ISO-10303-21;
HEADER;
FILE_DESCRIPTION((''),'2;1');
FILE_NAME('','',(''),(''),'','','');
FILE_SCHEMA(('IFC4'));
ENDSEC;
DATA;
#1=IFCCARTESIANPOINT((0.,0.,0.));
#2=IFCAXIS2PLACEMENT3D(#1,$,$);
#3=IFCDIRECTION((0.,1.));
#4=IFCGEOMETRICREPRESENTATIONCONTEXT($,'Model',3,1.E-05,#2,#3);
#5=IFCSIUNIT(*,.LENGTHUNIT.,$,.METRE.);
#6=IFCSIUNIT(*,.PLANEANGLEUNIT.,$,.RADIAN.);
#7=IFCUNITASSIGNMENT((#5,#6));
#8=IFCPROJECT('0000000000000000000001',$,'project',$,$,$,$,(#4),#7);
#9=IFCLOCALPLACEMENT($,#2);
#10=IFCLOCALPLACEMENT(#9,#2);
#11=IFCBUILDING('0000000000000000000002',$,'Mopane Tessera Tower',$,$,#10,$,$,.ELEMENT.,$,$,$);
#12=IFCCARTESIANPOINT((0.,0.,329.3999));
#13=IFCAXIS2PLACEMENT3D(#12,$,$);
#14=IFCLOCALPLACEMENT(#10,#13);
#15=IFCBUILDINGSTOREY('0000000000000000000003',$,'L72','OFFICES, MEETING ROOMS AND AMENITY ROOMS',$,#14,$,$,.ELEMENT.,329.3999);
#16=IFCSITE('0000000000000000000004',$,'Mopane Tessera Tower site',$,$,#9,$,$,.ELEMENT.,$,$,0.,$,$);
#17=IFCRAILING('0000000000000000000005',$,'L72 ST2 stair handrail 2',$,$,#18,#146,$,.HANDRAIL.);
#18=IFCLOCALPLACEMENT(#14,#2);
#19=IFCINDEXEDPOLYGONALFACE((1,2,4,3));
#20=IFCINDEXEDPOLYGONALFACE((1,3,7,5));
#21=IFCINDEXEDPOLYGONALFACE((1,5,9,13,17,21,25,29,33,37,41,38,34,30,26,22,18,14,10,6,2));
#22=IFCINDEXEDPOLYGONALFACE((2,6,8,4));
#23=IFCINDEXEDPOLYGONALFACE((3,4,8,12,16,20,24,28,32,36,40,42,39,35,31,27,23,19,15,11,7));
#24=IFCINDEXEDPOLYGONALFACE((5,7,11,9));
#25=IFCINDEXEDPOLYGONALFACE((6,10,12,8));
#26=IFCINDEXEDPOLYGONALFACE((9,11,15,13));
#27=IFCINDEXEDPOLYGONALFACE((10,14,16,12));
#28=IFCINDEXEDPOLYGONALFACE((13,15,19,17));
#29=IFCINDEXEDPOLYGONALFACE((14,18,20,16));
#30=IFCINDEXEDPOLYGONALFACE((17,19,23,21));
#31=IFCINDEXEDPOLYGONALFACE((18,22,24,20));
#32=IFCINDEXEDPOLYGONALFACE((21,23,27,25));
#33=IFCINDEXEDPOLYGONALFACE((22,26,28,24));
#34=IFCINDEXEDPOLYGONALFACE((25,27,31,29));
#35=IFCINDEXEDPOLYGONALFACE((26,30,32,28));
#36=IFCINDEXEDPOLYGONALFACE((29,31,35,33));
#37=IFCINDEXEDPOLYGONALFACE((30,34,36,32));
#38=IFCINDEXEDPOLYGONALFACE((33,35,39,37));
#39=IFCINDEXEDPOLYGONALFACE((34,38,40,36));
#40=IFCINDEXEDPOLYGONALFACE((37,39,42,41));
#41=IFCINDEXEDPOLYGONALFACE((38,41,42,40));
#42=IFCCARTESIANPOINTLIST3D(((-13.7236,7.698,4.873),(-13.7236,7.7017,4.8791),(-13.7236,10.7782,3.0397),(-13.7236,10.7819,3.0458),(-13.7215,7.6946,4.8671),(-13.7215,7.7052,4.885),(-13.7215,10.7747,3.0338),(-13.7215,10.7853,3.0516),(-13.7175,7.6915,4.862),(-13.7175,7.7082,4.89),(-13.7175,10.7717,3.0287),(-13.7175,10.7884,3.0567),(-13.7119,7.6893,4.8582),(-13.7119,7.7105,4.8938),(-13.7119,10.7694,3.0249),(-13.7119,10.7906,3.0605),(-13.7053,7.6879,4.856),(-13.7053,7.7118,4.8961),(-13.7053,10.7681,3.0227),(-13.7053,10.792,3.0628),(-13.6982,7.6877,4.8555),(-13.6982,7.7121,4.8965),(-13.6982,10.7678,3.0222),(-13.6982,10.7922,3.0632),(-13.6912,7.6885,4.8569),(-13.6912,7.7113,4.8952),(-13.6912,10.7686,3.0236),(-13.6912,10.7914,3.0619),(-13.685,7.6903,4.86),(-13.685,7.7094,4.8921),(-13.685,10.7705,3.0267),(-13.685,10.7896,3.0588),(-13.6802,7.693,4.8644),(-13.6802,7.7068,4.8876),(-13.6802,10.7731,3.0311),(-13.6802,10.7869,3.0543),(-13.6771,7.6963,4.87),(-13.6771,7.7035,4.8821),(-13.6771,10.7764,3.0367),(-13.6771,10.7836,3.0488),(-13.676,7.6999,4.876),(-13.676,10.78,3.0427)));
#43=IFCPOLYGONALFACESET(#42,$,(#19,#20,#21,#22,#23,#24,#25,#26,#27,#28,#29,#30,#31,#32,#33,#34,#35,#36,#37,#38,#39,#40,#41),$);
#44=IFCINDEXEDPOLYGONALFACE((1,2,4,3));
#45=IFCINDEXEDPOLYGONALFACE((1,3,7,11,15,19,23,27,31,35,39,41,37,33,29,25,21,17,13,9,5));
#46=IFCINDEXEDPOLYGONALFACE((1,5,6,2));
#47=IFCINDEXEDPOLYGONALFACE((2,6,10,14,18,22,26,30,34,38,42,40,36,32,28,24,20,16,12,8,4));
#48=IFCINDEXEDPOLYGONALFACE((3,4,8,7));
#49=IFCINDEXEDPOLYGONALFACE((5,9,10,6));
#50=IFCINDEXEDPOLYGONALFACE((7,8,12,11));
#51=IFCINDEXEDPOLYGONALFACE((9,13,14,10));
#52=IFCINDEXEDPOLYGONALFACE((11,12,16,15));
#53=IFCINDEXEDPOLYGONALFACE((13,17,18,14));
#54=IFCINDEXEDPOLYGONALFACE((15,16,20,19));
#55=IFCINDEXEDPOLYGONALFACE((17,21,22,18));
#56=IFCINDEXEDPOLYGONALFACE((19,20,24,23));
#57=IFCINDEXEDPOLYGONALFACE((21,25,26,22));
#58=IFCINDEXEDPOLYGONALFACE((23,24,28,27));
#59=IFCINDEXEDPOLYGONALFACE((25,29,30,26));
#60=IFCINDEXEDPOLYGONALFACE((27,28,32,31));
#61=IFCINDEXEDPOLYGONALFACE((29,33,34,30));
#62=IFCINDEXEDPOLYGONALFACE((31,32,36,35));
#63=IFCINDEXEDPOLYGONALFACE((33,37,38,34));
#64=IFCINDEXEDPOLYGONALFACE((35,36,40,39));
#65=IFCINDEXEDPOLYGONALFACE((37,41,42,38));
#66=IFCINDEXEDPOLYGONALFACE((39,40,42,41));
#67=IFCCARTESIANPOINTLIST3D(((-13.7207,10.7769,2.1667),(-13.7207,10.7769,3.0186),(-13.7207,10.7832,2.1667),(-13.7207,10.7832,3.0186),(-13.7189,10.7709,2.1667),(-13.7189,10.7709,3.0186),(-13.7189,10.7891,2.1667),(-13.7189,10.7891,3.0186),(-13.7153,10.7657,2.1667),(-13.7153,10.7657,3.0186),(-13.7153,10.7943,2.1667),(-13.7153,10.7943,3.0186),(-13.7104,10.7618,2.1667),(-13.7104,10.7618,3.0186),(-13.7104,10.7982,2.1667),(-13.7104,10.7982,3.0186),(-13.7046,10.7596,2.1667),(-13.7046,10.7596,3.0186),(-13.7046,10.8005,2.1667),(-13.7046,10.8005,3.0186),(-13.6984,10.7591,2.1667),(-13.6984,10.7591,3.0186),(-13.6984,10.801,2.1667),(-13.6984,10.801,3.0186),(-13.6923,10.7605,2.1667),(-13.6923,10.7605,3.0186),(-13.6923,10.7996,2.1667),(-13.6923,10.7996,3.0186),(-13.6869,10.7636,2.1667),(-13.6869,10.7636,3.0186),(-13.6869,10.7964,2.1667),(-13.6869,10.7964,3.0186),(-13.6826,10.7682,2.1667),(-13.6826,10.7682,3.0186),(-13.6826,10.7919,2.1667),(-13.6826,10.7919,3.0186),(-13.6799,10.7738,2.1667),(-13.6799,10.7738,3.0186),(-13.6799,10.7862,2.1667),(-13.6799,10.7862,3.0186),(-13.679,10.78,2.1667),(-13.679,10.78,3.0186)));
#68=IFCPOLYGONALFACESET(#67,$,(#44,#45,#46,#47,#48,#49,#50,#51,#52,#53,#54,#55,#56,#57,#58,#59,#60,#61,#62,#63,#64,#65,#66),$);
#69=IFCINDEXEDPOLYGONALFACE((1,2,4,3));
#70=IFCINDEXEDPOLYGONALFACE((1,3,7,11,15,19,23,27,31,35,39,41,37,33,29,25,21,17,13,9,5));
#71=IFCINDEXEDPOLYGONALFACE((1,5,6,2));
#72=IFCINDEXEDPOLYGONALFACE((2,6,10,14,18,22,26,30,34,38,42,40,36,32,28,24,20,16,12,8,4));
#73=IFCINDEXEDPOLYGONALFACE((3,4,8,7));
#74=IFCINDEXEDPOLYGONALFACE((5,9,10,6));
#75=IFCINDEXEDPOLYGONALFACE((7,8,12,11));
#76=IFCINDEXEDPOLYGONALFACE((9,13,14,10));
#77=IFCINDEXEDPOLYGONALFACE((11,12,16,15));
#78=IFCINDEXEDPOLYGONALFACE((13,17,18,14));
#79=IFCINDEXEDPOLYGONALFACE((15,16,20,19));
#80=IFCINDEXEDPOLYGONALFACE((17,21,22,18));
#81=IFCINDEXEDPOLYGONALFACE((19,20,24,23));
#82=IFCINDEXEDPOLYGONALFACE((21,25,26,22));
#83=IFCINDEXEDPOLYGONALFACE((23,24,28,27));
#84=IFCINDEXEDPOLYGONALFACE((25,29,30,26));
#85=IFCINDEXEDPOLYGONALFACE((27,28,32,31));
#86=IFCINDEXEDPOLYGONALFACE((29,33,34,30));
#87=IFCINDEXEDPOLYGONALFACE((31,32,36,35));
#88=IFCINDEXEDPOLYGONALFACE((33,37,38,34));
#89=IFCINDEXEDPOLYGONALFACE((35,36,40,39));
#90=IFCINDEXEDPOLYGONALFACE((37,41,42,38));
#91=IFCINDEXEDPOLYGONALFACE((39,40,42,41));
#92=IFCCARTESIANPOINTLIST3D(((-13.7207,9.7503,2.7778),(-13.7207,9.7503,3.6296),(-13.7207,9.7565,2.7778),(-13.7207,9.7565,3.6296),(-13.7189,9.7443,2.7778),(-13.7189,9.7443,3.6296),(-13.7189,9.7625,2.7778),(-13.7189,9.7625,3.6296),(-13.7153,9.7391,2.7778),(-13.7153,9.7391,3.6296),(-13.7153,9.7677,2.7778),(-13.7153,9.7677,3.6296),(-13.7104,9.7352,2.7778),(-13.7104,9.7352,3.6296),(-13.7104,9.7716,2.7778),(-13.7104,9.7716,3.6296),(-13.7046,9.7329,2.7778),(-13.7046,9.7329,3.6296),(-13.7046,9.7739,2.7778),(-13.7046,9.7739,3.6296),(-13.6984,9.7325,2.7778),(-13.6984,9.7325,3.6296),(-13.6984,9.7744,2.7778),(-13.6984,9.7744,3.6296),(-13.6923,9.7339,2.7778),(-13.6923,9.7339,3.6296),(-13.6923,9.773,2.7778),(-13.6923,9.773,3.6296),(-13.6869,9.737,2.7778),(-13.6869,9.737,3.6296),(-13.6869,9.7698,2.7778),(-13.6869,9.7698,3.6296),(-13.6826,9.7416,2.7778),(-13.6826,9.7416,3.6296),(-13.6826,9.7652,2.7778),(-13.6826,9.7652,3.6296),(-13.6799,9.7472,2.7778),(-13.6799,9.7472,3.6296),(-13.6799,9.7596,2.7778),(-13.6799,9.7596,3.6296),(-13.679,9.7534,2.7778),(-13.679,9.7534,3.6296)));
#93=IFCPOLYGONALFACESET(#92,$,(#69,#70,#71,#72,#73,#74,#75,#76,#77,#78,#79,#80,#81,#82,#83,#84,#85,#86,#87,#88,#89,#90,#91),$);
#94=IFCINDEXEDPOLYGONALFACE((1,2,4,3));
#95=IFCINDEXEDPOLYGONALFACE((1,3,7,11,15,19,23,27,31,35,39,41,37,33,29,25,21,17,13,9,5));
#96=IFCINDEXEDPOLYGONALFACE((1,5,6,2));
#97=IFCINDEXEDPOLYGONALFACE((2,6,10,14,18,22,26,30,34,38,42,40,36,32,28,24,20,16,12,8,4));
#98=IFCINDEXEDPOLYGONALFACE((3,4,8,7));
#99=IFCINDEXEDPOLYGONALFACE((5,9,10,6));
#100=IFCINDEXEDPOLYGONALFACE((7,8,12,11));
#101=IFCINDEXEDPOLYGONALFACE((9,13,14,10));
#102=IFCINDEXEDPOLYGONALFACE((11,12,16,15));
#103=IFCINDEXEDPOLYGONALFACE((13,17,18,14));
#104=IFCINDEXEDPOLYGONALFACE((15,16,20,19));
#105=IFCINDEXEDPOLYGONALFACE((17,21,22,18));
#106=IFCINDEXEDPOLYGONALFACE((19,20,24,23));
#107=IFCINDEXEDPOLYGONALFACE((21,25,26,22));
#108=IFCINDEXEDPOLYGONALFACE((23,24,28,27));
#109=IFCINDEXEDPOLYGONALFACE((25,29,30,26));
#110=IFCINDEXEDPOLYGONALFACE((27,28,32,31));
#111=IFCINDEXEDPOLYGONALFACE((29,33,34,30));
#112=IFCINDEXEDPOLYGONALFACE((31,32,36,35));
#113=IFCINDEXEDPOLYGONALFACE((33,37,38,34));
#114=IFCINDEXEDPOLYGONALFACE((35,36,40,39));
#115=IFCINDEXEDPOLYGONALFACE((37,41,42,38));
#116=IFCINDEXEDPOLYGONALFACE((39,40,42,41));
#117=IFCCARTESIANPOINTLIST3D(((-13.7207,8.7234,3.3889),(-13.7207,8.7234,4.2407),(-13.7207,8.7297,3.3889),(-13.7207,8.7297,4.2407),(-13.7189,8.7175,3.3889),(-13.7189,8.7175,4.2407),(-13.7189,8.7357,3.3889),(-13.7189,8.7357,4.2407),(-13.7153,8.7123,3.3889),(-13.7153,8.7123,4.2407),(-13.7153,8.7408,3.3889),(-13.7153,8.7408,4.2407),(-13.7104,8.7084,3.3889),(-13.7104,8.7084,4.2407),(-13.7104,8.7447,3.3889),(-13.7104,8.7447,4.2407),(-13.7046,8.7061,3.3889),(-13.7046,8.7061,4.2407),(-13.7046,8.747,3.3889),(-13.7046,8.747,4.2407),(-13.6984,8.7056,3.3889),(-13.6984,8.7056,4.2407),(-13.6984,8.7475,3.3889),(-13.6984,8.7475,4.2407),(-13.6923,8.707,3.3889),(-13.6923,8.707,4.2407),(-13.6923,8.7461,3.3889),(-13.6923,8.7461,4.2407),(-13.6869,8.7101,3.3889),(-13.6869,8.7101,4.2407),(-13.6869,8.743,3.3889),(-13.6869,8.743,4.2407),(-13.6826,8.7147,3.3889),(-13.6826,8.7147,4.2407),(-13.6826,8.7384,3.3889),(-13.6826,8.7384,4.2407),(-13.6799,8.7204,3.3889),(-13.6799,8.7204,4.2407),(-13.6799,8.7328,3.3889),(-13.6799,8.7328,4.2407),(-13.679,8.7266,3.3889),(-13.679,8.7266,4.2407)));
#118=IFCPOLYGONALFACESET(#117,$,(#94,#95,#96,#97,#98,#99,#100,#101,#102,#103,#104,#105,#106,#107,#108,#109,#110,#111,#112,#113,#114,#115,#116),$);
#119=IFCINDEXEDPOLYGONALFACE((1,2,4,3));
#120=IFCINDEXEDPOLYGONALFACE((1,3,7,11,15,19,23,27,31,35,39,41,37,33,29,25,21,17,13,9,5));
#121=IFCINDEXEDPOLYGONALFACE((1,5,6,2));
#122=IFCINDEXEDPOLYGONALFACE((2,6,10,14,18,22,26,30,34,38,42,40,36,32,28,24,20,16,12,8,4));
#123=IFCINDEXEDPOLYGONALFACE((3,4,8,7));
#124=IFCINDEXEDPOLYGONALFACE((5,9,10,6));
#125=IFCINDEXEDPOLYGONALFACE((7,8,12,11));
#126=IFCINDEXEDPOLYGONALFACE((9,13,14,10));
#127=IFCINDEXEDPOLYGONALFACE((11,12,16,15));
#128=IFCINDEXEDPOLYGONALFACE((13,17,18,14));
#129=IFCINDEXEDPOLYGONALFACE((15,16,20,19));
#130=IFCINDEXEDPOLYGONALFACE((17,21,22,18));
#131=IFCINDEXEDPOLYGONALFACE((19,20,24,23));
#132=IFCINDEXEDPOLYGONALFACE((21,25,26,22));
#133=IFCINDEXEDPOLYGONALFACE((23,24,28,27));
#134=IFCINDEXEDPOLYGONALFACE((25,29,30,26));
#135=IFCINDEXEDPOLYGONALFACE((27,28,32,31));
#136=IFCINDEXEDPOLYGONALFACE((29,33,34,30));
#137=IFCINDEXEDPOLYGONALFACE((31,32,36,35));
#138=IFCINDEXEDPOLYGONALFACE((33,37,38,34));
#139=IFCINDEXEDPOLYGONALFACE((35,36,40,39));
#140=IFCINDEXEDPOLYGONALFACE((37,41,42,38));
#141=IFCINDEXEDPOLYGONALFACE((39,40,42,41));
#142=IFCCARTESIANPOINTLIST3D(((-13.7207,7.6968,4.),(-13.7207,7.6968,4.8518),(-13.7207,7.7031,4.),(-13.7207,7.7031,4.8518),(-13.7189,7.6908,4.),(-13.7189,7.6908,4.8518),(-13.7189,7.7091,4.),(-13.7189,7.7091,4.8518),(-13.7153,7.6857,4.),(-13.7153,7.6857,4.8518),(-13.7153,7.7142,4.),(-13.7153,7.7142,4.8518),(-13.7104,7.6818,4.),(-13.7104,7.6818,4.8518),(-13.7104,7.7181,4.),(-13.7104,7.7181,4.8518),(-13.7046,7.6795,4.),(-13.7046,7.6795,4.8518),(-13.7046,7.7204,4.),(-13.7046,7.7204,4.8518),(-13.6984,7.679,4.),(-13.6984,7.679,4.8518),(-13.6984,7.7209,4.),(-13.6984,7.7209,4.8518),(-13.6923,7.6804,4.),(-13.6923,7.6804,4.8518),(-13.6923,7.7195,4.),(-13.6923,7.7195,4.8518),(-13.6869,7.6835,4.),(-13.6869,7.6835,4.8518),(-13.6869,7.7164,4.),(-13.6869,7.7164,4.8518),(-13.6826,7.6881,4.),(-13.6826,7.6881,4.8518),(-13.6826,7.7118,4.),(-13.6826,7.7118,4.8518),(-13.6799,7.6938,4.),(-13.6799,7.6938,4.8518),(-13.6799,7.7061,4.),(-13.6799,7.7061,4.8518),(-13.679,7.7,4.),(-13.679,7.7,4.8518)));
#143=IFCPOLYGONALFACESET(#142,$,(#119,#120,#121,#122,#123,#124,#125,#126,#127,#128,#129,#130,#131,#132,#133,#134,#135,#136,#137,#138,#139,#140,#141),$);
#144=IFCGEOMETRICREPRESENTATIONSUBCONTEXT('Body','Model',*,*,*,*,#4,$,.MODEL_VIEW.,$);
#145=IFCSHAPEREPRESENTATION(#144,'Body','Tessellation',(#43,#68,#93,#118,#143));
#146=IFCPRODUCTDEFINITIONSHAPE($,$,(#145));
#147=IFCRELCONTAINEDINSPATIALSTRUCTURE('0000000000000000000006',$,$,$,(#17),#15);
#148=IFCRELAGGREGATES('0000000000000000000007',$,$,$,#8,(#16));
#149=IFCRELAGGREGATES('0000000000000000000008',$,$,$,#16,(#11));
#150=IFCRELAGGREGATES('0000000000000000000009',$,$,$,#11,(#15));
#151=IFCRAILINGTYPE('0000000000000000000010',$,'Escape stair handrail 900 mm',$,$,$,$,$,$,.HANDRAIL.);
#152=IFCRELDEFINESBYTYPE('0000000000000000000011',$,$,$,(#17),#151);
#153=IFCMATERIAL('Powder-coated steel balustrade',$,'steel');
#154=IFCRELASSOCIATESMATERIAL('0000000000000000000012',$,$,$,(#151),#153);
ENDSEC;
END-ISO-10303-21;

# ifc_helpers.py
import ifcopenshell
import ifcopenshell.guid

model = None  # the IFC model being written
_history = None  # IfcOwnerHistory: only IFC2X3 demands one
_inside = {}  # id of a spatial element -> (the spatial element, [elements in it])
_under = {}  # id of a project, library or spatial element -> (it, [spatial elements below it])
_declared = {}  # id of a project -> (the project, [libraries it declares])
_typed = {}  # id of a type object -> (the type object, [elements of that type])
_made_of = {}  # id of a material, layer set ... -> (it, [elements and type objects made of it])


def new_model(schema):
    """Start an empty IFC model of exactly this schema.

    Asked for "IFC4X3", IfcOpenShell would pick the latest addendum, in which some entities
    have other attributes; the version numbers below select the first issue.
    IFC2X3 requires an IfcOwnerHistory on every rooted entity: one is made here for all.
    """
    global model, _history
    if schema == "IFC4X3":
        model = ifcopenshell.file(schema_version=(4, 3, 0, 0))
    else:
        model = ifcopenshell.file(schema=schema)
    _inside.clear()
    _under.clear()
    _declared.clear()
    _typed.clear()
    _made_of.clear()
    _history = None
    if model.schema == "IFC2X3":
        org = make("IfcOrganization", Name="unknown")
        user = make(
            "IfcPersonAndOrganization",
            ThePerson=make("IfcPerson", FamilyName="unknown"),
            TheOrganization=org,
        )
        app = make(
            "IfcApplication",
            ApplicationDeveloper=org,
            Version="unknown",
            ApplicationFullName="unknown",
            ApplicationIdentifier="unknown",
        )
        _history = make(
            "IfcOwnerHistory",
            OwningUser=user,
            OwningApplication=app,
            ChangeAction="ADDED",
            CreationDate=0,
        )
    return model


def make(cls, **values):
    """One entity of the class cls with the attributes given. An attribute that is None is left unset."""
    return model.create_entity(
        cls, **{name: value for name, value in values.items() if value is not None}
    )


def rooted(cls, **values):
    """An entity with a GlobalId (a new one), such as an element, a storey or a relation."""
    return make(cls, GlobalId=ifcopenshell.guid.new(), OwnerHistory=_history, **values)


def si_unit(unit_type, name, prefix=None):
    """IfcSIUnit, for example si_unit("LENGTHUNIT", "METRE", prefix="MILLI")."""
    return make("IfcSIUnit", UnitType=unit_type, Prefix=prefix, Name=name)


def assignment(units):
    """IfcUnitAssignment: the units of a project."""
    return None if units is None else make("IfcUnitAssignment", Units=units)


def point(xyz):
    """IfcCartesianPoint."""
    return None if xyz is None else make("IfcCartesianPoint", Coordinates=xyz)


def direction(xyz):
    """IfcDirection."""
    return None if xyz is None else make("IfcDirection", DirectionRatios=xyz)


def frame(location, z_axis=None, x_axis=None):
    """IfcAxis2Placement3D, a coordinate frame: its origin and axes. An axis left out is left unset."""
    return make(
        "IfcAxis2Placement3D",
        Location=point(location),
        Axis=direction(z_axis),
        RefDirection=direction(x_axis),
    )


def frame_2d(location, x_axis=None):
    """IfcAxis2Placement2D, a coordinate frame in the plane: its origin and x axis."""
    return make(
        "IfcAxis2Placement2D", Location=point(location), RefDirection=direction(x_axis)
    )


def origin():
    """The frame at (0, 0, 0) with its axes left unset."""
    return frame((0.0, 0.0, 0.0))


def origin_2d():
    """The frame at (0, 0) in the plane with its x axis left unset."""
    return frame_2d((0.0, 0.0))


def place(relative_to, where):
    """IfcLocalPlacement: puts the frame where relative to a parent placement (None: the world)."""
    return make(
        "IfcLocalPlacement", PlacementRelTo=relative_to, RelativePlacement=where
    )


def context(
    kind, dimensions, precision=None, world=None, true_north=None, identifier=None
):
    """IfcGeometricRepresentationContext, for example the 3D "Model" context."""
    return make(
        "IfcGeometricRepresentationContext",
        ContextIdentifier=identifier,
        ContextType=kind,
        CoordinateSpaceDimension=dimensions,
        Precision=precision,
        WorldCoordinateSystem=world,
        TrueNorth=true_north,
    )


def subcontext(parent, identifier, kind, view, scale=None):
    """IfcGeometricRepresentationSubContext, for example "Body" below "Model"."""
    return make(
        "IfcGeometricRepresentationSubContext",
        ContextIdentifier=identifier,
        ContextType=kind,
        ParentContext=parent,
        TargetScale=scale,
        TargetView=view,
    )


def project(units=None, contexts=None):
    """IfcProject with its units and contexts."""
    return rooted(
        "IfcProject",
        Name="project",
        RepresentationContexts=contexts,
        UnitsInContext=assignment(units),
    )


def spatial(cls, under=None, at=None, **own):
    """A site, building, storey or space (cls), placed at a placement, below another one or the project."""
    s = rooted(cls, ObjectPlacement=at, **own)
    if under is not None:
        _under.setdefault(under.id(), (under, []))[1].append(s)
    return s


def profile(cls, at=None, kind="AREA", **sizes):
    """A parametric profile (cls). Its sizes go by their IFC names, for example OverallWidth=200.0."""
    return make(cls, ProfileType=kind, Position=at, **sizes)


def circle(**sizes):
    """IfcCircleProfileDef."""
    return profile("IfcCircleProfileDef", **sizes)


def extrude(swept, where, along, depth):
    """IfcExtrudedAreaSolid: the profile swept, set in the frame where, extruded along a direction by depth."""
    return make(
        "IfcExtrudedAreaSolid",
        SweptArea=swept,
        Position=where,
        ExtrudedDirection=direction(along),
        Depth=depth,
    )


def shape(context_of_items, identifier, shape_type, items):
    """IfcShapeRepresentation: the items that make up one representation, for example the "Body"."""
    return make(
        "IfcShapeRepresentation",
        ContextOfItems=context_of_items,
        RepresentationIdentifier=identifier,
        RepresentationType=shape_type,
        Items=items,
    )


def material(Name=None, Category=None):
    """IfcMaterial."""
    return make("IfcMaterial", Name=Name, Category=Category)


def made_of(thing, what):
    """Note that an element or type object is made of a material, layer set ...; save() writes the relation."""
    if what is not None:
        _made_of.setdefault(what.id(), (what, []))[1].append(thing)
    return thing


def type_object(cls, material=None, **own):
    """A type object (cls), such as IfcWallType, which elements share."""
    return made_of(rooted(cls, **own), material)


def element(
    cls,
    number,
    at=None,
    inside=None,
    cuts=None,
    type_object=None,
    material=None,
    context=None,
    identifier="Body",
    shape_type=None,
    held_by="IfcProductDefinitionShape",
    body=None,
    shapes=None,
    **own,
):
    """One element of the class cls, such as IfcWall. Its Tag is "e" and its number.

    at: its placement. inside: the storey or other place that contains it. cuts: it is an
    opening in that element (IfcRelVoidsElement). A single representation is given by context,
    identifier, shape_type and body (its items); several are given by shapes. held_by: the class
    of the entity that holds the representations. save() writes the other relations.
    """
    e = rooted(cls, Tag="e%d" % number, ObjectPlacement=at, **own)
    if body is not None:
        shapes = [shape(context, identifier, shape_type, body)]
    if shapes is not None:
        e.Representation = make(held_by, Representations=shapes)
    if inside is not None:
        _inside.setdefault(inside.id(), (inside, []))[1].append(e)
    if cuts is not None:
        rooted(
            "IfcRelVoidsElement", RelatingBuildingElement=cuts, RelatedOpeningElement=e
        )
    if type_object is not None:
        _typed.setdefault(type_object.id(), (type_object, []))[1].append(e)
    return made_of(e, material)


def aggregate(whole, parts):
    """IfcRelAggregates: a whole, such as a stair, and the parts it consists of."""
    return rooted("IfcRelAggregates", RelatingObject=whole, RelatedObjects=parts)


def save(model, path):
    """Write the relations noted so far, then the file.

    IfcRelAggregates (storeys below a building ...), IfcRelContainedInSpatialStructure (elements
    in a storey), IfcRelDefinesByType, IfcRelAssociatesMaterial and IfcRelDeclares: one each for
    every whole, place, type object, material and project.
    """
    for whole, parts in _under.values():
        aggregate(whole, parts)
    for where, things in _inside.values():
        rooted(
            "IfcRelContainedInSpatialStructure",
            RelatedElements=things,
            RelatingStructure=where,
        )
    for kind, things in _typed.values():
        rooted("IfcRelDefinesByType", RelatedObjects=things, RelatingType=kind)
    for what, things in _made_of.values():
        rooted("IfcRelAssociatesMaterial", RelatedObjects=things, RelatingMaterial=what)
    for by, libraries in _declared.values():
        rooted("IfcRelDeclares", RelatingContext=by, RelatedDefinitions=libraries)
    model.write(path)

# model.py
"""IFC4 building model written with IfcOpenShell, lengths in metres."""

from ifc_helpers import new_model, si_unit, direction, frame, origin, origin_2d, place, context, subcontext, project, spatial, circle, extrude, material, type_object, element, save


model = new_model("IFC4")

# Units and contexts
model_context = context("Model", 3, precision=1e-05, world=origin(), true_north=direction((0.0, 1.0)))
body_context = subcontext(model_context, "Body", "Model", "MODEL_VIEW")
ifc_project = project(units=[si_unit("LENGTHUNIT", "METRE"), si_unit("PLANEANGLEUNIT", "RADIAN")], contexts=[model_context])

# Site, building, storey
site_placement = place(None, origin())
site = spatial("IfcSite", under=ifc_project, at=site_placement, Name="Mopane Tessera Tower site", CompositionType="ELEMENT", RefElevation=0.0)
building_placement = place(site_placement, origin())
building = spatial("IfcBuilding", under=site, at=building_placement, Name="Mopane Tessera Tower", CompositionType="ELEMENT")
storey_placement = place(building_placement, frame((0.0, 0.0, 329.3999)))
storey = spatial("IfcBuildingStorey", under=building, at=storey_placement, Name="L72", Description="OFFICES, MEETING ROOMS AND AMENITY ROOMS", CompositionType="ELEMENT", Elevation=329.3999)

# Railing
ifc_material_1 = material(Name="Powder-coated steel balustrade", Category="steel")
railing_type_1 = type_object("IfcRailingType", Name="Escape stair handrail 900 mm", PredefinedType="HANDRAIL", material=ifc_material_1)
railing_1_placement = place(storey_placement, frame((-13.7, 10.78, 2.1667)))
element("IfcRailing", 1, at=railing_1_placement, inside=storey, type_object=railing_type_1, Name="L72 ST2 stair handrail 2", PredefinedType="HANDRAIL", context=body_context, shape_type="SweptSolid", body=[
    extrude(circle(Radius=0.0239, at=origin_2d()), frame((0.0, 0.0, 0.876), z_axis=(0.0, -0.859309, 0.511458), x_axis=(1.0, 0.0, 0.0)), (0.0, 0.0, 1.0), 3.5845),
    extrude(circle(Radius=0.021, at=origin_2d()), origin(), (0.0, 0.0, 1.0), 0.8518),
    extrude(circle(Radius=0.021, at=origin_2d()), frame((0.0, -1.0266, 0.6111)), (0.0, 0.0, 1.0), 0.8518),
    extrude(circle(Radius=0.021, at=origin_2d()), frame((0.0, -2.0535, 1.2222)), (0.0, 0.0, 1.0), 0.8518),
    extrude(circle(Radius=0.021, at=origin_2d()), frame((0.0, -3.0801, 1.8333)), (0.0, 0.0, 1.0), 0.8518),
])

save(model, "model.ifc")
